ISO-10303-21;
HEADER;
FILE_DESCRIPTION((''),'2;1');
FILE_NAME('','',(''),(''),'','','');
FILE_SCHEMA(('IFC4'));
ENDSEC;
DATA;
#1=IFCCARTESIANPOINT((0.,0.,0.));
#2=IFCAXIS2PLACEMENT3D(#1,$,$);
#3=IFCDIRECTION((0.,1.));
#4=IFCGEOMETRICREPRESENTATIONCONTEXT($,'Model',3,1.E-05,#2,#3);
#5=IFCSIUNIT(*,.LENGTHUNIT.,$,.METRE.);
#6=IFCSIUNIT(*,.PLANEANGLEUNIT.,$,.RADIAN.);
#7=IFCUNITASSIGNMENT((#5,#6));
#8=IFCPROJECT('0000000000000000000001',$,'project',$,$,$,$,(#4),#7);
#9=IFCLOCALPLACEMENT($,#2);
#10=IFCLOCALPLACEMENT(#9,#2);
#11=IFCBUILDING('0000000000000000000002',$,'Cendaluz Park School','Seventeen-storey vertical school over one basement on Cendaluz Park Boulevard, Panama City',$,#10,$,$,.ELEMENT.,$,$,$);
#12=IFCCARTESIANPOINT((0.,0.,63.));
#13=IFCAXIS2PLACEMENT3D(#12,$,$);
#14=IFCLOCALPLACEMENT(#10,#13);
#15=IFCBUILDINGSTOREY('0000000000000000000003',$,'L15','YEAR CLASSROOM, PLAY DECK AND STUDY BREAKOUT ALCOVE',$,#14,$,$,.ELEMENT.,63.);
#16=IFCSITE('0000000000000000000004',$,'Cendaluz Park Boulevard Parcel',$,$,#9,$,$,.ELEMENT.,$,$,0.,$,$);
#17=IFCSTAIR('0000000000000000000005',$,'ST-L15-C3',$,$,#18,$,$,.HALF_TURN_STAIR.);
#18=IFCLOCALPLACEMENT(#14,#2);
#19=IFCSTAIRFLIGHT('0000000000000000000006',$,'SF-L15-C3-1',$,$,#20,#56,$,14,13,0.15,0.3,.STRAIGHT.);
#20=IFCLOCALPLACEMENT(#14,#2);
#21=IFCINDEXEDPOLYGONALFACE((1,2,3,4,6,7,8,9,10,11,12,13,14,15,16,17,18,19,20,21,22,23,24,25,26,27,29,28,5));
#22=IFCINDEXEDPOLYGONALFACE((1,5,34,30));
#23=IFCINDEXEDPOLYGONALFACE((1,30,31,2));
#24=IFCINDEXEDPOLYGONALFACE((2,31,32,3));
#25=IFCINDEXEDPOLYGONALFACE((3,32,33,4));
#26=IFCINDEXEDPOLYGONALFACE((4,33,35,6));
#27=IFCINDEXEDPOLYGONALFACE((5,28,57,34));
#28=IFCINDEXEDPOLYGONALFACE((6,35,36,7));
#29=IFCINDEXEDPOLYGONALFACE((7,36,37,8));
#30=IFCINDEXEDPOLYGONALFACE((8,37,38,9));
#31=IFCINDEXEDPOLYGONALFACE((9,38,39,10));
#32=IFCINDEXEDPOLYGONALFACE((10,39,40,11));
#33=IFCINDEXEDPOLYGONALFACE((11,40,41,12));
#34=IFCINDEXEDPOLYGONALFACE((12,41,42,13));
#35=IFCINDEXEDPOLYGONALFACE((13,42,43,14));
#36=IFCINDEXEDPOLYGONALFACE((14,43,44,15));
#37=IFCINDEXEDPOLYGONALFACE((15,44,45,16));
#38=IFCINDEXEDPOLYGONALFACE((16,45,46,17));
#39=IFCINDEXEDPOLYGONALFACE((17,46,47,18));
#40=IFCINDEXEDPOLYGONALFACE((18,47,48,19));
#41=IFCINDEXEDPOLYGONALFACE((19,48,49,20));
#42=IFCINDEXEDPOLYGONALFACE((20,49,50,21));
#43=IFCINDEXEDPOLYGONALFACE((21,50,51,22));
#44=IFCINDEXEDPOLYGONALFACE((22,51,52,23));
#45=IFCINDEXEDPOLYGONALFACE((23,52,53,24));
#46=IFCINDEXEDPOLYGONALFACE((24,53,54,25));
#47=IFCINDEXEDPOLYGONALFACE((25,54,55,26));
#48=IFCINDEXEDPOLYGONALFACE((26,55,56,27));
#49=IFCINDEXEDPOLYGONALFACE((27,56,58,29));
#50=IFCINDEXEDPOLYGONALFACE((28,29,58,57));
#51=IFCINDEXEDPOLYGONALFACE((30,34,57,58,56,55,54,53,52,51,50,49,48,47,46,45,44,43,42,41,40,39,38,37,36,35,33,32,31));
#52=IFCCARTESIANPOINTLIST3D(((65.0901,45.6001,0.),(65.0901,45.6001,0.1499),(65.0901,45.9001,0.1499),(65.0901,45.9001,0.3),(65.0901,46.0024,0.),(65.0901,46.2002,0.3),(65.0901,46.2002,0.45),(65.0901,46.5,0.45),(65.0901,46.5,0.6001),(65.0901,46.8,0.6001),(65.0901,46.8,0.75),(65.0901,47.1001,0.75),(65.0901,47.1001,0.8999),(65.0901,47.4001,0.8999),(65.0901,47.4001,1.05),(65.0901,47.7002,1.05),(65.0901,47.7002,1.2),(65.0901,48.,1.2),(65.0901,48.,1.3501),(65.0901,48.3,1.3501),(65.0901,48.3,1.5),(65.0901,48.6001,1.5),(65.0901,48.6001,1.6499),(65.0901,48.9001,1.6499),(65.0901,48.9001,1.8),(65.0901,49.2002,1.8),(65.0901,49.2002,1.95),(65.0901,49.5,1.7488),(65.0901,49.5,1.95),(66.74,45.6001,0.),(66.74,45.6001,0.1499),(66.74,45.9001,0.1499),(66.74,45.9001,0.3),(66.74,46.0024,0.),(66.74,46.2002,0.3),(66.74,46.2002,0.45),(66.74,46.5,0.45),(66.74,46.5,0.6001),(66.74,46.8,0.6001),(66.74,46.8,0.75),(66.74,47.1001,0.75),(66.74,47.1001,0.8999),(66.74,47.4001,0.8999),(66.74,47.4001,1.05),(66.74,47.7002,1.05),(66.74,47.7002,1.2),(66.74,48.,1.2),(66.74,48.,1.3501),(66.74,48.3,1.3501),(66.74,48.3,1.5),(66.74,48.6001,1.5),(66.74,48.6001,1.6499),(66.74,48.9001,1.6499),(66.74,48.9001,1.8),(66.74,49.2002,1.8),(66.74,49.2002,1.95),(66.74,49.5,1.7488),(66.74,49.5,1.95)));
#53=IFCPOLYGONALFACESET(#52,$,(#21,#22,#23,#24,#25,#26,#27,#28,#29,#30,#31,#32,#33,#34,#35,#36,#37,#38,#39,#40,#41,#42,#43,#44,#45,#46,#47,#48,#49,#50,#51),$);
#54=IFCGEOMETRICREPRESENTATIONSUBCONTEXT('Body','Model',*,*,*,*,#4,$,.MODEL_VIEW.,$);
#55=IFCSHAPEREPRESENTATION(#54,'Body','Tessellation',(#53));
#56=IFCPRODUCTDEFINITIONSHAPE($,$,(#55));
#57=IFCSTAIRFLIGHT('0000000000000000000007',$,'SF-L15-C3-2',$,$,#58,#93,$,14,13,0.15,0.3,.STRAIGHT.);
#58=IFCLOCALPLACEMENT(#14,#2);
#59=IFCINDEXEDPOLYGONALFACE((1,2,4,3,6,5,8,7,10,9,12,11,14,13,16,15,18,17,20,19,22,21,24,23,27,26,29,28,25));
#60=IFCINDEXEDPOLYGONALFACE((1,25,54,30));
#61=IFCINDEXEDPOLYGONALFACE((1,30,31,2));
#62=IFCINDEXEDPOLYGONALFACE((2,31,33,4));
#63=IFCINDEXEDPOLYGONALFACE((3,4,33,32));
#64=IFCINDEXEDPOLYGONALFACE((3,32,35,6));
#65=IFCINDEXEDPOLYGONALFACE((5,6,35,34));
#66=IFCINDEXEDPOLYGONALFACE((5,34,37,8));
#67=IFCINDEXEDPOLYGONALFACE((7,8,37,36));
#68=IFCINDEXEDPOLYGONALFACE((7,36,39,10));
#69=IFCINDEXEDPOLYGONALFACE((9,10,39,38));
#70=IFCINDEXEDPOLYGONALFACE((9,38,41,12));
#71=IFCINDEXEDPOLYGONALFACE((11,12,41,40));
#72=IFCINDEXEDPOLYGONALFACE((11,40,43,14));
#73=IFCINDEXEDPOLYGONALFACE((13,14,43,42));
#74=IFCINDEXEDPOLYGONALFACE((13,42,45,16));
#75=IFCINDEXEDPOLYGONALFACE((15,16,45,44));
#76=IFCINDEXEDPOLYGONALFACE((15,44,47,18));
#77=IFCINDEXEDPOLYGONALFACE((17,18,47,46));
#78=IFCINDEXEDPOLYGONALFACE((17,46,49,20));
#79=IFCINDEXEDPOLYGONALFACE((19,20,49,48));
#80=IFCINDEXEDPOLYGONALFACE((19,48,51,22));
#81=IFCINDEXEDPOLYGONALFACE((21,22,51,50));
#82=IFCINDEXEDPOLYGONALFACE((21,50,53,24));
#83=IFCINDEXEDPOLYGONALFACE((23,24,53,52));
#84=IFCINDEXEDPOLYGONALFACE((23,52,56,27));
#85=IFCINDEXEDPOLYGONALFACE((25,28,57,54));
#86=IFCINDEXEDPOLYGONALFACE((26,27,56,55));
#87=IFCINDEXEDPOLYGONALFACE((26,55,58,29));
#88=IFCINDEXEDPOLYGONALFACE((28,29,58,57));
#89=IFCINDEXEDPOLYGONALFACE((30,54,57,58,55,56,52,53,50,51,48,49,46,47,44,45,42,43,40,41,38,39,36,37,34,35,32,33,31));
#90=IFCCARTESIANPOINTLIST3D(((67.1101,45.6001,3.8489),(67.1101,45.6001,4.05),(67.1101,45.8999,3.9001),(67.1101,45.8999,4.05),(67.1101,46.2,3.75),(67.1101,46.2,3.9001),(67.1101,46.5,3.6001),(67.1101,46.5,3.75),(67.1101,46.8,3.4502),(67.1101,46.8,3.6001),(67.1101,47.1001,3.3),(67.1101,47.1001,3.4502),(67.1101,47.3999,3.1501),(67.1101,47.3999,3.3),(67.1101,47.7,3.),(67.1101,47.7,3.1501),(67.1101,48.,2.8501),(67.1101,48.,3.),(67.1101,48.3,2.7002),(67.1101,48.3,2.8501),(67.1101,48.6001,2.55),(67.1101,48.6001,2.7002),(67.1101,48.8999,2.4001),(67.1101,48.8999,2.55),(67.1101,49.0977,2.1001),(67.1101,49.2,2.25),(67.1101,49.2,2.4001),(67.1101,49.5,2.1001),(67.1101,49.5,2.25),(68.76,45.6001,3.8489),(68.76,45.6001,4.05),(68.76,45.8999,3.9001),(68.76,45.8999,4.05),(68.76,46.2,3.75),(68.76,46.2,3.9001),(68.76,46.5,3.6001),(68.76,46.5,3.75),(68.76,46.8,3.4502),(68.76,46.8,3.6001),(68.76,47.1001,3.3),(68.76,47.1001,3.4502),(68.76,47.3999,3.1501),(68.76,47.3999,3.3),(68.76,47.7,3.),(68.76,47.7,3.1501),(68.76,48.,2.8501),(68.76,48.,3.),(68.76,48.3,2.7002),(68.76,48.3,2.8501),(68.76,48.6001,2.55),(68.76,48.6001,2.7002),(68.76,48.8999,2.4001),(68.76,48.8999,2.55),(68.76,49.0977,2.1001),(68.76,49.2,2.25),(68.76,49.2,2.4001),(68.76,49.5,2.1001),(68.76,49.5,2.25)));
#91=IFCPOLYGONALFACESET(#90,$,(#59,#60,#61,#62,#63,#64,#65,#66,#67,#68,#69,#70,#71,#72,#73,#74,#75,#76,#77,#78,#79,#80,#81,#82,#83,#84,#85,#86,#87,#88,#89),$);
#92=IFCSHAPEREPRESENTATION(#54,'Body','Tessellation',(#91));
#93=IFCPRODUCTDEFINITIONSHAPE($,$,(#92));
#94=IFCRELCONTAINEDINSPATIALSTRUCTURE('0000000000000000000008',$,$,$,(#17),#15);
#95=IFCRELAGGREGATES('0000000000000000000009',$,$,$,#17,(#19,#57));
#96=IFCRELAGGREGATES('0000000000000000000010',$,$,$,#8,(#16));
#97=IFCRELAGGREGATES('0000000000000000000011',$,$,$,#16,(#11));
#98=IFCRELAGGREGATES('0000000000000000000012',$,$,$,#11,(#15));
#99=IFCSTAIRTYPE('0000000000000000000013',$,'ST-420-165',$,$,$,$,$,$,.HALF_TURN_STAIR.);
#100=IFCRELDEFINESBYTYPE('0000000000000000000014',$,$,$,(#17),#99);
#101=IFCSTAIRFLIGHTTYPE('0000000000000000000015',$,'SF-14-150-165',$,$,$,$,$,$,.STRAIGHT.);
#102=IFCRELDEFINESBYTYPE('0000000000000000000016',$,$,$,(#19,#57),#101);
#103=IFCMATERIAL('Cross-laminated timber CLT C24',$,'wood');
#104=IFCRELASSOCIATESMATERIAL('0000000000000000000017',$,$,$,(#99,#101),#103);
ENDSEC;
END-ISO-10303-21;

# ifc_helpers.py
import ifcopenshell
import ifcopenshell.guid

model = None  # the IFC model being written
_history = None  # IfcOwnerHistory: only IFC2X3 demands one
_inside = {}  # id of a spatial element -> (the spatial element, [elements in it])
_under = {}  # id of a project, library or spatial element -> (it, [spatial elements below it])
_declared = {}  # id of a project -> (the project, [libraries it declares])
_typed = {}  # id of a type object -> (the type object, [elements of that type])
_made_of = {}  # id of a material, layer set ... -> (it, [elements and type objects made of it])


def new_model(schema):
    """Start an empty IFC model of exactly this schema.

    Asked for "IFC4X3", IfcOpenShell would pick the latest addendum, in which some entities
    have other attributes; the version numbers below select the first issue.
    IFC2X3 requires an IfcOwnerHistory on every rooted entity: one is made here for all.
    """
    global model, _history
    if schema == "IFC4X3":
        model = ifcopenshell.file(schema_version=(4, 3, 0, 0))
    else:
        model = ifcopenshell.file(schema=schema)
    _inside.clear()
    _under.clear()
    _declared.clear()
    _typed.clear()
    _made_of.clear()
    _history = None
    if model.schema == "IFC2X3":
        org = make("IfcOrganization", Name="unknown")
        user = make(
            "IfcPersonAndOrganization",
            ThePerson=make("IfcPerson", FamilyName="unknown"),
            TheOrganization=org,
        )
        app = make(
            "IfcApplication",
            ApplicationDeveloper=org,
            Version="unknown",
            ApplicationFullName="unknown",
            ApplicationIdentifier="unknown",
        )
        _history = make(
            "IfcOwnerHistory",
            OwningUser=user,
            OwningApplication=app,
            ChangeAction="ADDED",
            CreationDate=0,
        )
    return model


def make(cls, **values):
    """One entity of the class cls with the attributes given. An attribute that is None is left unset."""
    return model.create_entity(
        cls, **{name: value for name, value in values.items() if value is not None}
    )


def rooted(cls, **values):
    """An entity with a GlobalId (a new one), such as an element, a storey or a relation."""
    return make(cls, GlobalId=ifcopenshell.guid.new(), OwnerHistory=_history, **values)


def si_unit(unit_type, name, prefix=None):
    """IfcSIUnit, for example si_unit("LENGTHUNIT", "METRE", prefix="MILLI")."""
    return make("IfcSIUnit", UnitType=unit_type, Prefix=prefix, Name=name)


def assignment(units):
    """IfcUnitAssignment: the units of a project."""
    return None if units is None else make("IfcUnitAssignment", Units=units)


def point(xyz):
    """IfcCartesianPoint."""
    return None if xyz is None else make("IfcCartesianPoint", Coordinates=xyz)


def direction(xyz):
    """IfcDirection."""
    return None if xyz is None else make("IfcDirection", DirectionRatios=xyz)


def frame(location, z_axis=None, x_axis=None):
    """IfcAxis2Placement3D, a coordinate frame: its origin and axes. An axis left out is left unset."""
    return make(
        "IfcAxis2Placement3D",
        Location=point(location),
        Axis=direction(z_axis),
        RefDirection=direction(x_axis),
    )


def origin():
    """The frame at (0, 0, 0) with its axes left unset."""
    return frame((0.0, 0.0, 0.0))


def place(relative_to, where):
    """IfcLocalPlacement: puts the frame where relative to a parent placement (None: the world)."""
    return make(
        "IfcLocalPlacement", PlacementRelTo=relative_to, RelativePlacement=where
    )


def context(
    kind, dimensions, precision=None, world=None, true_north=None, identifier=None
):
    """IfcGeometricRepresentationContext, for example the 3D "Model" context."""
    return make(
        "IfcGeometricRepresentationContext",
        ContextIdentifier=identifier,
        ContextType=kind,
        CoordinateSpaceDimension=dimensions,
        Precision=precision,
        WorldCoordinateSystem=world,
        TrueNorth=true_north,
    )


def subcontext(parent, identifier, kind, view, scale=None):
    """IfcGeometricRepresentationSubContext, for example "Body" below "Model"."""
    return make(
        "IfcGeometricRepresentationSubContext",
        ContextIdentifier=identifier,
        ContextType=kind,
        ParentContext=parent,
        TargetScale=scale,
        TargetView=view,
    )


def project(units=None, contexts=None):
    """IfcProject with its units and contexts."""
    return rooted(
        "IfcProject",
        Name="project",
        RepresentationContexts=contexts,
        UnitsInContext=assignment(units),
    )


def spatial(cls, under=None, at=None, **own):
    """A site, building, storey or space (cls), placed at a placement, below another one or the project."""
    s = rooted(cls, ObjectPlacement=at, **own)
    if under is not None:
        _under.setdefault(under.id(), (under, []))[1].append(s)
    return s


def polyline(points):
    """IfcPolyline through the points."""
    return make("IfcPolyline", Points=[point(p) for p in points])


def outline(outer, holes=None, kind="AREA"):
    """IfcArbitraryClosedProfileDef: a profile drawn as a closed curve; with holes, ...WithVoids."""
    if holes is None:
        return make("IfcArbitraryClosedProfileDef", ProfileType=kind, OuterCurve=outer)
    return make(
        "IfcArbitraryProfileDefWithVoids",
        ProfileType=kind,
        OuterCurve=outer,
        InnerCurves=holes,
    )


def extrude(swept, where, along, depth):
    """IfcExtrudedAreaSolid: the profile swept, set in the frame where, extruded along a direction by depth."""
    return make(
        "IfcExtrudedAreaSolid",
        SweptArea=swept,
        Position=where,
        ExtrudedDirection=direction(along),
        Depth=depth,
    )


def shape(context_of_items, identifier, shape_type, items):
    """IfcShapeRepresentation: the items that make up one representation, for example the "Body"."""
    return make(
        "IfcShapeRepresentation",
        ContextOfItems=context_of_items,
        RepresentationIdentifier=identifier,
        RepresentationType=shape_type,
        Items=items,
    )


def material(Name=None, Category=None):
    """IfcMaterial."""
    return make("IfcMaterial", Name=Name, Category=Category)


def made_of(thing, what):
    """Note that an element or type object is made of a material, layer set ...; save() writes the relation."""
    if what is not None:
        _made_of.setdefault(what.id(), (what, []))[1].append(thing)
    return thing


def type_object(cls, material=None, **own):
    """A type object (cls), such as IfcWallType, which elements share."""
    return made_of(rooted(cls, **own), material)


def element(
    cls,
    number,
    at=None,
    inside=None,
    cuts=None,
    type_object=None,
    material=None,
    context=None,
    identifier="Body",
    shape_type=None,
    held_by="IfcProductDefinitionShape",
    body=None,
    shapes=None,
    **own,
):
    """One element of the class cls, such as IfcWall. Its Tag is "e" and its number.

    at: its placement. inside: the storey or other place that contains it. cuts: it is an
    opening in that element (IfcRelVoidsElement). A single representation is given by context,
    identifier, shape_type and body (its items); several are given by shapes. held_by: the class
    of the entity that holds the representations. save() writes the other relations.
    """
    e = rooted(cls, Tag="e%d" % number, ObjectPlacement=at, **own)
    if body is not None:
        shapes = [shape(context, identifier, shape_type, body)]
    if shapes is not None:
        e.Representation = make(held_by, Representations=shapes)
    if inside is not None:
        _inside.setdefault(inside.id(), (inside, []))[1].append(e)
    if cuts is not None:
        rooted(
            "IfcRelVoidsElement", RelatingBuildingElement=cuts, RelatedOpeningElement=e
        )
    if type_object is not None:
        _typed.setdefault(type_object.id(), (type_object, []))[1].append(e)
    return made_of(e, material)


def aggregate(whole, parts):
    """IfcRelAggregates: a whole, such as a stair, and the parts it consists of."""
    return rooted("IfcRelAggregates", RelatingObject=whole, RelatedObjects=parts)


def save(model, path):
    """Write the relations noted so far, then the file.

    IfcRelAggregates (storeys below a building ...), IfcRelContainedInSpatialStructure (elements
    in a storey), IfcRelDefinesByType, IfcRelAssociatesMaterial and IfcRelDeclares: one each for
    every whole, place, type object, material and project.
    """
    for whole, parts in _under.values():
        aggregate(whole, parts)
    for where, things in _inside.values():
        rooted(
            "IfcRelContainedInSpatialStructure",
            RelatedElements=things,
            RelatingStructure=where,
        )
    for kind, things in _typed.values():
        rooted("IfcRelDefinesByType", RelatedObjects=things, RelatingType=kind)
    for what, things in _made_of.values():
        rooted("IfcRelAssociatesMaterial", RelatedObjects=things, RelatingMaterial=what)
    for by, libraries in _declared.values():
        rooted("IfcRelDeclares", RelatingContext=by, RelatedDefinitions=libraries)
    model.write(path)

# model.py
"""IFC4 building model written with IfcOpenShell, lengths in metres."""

from ifc_helpers import new_model, si_unit, direction, frame, origin, place, context, subcontext, project, spatial, polyline, outline, extrude, material, type_object, element, aggregate, save


model = new_model("IFC4")

# Units and contexts
model_context = context("Model", 3, precision=1e-05, world=origin(), true_north=direction((0.0, 1.0)))
body_context = subcontext(model_context, "Body", "Model", "MODEL_VIEW")
ifc_project = project(units=[si_unit("LENGTHUNIT", "METRE"), si_unit("PLANEANGLEUNIT", "RADIAN")], contexts=[model_context])

# Site, building, storey
site_placement = place(None, origin())
site = spatial("IfcSite", under=ifc_project, at=site_placement, Name="Cendaluz Park Boulevard Parcel", CompositionType="ELEMENT", RefElevation=0.0)
building_placement = place(site_placement, origin())
building = spatial("IfcBuilding", under=site, at=building_placement, Name="Cendaluz Park School", Description="Seventeen-storey vertical school over one basement on Cendaluz Park Boulevard, Panama City", CompositionType="ELEMENT")
storey_placement = place(building_placement, frame((0.0, 0.0, 63.0)))
storey = spatial("IfcBuildingStorey", under=building, at=storey_placement, Name="L15", Description="YEAR CLASSROOM, PLAY DECK AND STUDY BREAKOUT ALCOVE", CompositionType="ELEMENT", Elevation=63.0)

# Stair, stair flights
ifc_material_1 = material(Name="Cross-laminated timber CLT C24", Category="wood")
stair_type = type_object("IfcStairType", Name="ST-420-165", PredefinedType="HALF_TURN_STAIR", material=ifc_material_1)
stair_placement = place(storey_placement, origin())
stair = element("IfcStair", 1, at=stair_placement, inside=storey, type_object=stair_type, Name="ST-L15-C3", PredefinedType="HALF_TURN_STAIR")
stair_flight_type = type_object("IfcStairFlightType", Name="SF-14-150-165", PredefinedType="STRAIGHT", material=ifc_material_1)
stair_flight_1_placement = place(storey_placement, frame((65.915, 45.6001, 0.0), z_axis=(0.0, 0.0, 1.0), x_axis=(0.0, 1.0, 0.0)))
stair_flight_1 = element("IfcStairFlight", 2, at=stair_flight_1_placement, type_object=stair_flight_type, Name="SF-L15-C3-1", NumberOfRisers=14, NumberOfTreads=13, PredefinedType="STRAIGHT", RiserHeight=0.15, TreadLength=0.3, context=body_context, shape_type="SweptSolid", body=[
    extrude(outline(polyline([(0.0, 0.0), (0.0, 0.1499), (0.3, 0.1499), (0.3, 0.3), (0.6001, 0.3), (0.6001, 0.45), (0.8999, 0.45), (0.8999, 0.6001), (1.2, 0.6001), (1.2, 0.75), (1.5, 0.75), (1.5, 0.8999), (1.8, 0.8999), (1.8, 1.05), (2.1001, 1.05), (2.1001, 1.2), (2.3999, 1.2), (2.3999, 1.3501), (2.7, 1.3501), (2.7, 1.5), (3.0, 1.5), (3.0, 1.6499), (3.3, 1.6499), (3.3, 1.8), (3.6001, 1.8), (3.6001, 1.95), (3.8999, 1.95), (3.8999, 2.1001), (3.8999, 1.7488), (0.4023, 0.0), (0.0, 0.0)])), frame((0.0, 0.825, 0.0), z_axis=(0.0, -1.0, 0.0), x_axis=(1.0, 0.0, 0.0)), (0.0, 0.0, 1.0), 1.6499),
])
stair_flight_2_placement = place(storey_placement, frame((67.9351, 49.5, 2.1001), z_axis=(0.0, 0.0, 1.0), x_axis=(0.0, -1.0, 0.0)))
stair_flight_2 = element("IfcStairFlight", 3, at=stair_flight_2_placement, type_object=stair_flight_type, Name="SF-L15-C3-2", NumberOfRisers=14, NumberOfTreads=13, PredefinedType="STRAIGHT", RiserHeight=0.15, TreadLength=0.3, context=body_context, shape_type="SweptSolid", body=[
    extrude(outline(polyline([(0.0, 0.0), (0.0, 0.1499), (0.3, 0.1499), (0.3, 0.3), (0.6001, 0.3), (0.6001, 0.45), (0.8999, 0.45), (0.8999, 0.6001), (1.2, 0.6001), (1.2, 0.75), (1.5, 0.75), (1.5, 0.8999), (1.8, 0.8999), (1.8, 1.05), (2.1001, 1.05), (2.1001, 1.2), (2.3999, 1.2), (2.3999, 1.3501), (2.7, 1.3501), (2.7, 1.5), (3.0, 1.5), (3.0, 1.6499), (3.3, 1.6499), (3.3, 1.8), (3.6001, 1.8), (3.6001, 1.95), (3.8999, 1.95), (3.8999, 2.1001), (3.8999, 1.7488), (0.4023, 0.0), (0.0, 0.0)])), frame((0.0, 0.825, 0.0), z_axis=(0.0, -1.0, 0.0), x_axis=(1.0, 0.0, 0.0)), (0.0, 0.0, 1.0), 1.6499),
])
aggregate(stair, [stair_flight_1, stair_flight_2])

save(model, "model.ifc")
